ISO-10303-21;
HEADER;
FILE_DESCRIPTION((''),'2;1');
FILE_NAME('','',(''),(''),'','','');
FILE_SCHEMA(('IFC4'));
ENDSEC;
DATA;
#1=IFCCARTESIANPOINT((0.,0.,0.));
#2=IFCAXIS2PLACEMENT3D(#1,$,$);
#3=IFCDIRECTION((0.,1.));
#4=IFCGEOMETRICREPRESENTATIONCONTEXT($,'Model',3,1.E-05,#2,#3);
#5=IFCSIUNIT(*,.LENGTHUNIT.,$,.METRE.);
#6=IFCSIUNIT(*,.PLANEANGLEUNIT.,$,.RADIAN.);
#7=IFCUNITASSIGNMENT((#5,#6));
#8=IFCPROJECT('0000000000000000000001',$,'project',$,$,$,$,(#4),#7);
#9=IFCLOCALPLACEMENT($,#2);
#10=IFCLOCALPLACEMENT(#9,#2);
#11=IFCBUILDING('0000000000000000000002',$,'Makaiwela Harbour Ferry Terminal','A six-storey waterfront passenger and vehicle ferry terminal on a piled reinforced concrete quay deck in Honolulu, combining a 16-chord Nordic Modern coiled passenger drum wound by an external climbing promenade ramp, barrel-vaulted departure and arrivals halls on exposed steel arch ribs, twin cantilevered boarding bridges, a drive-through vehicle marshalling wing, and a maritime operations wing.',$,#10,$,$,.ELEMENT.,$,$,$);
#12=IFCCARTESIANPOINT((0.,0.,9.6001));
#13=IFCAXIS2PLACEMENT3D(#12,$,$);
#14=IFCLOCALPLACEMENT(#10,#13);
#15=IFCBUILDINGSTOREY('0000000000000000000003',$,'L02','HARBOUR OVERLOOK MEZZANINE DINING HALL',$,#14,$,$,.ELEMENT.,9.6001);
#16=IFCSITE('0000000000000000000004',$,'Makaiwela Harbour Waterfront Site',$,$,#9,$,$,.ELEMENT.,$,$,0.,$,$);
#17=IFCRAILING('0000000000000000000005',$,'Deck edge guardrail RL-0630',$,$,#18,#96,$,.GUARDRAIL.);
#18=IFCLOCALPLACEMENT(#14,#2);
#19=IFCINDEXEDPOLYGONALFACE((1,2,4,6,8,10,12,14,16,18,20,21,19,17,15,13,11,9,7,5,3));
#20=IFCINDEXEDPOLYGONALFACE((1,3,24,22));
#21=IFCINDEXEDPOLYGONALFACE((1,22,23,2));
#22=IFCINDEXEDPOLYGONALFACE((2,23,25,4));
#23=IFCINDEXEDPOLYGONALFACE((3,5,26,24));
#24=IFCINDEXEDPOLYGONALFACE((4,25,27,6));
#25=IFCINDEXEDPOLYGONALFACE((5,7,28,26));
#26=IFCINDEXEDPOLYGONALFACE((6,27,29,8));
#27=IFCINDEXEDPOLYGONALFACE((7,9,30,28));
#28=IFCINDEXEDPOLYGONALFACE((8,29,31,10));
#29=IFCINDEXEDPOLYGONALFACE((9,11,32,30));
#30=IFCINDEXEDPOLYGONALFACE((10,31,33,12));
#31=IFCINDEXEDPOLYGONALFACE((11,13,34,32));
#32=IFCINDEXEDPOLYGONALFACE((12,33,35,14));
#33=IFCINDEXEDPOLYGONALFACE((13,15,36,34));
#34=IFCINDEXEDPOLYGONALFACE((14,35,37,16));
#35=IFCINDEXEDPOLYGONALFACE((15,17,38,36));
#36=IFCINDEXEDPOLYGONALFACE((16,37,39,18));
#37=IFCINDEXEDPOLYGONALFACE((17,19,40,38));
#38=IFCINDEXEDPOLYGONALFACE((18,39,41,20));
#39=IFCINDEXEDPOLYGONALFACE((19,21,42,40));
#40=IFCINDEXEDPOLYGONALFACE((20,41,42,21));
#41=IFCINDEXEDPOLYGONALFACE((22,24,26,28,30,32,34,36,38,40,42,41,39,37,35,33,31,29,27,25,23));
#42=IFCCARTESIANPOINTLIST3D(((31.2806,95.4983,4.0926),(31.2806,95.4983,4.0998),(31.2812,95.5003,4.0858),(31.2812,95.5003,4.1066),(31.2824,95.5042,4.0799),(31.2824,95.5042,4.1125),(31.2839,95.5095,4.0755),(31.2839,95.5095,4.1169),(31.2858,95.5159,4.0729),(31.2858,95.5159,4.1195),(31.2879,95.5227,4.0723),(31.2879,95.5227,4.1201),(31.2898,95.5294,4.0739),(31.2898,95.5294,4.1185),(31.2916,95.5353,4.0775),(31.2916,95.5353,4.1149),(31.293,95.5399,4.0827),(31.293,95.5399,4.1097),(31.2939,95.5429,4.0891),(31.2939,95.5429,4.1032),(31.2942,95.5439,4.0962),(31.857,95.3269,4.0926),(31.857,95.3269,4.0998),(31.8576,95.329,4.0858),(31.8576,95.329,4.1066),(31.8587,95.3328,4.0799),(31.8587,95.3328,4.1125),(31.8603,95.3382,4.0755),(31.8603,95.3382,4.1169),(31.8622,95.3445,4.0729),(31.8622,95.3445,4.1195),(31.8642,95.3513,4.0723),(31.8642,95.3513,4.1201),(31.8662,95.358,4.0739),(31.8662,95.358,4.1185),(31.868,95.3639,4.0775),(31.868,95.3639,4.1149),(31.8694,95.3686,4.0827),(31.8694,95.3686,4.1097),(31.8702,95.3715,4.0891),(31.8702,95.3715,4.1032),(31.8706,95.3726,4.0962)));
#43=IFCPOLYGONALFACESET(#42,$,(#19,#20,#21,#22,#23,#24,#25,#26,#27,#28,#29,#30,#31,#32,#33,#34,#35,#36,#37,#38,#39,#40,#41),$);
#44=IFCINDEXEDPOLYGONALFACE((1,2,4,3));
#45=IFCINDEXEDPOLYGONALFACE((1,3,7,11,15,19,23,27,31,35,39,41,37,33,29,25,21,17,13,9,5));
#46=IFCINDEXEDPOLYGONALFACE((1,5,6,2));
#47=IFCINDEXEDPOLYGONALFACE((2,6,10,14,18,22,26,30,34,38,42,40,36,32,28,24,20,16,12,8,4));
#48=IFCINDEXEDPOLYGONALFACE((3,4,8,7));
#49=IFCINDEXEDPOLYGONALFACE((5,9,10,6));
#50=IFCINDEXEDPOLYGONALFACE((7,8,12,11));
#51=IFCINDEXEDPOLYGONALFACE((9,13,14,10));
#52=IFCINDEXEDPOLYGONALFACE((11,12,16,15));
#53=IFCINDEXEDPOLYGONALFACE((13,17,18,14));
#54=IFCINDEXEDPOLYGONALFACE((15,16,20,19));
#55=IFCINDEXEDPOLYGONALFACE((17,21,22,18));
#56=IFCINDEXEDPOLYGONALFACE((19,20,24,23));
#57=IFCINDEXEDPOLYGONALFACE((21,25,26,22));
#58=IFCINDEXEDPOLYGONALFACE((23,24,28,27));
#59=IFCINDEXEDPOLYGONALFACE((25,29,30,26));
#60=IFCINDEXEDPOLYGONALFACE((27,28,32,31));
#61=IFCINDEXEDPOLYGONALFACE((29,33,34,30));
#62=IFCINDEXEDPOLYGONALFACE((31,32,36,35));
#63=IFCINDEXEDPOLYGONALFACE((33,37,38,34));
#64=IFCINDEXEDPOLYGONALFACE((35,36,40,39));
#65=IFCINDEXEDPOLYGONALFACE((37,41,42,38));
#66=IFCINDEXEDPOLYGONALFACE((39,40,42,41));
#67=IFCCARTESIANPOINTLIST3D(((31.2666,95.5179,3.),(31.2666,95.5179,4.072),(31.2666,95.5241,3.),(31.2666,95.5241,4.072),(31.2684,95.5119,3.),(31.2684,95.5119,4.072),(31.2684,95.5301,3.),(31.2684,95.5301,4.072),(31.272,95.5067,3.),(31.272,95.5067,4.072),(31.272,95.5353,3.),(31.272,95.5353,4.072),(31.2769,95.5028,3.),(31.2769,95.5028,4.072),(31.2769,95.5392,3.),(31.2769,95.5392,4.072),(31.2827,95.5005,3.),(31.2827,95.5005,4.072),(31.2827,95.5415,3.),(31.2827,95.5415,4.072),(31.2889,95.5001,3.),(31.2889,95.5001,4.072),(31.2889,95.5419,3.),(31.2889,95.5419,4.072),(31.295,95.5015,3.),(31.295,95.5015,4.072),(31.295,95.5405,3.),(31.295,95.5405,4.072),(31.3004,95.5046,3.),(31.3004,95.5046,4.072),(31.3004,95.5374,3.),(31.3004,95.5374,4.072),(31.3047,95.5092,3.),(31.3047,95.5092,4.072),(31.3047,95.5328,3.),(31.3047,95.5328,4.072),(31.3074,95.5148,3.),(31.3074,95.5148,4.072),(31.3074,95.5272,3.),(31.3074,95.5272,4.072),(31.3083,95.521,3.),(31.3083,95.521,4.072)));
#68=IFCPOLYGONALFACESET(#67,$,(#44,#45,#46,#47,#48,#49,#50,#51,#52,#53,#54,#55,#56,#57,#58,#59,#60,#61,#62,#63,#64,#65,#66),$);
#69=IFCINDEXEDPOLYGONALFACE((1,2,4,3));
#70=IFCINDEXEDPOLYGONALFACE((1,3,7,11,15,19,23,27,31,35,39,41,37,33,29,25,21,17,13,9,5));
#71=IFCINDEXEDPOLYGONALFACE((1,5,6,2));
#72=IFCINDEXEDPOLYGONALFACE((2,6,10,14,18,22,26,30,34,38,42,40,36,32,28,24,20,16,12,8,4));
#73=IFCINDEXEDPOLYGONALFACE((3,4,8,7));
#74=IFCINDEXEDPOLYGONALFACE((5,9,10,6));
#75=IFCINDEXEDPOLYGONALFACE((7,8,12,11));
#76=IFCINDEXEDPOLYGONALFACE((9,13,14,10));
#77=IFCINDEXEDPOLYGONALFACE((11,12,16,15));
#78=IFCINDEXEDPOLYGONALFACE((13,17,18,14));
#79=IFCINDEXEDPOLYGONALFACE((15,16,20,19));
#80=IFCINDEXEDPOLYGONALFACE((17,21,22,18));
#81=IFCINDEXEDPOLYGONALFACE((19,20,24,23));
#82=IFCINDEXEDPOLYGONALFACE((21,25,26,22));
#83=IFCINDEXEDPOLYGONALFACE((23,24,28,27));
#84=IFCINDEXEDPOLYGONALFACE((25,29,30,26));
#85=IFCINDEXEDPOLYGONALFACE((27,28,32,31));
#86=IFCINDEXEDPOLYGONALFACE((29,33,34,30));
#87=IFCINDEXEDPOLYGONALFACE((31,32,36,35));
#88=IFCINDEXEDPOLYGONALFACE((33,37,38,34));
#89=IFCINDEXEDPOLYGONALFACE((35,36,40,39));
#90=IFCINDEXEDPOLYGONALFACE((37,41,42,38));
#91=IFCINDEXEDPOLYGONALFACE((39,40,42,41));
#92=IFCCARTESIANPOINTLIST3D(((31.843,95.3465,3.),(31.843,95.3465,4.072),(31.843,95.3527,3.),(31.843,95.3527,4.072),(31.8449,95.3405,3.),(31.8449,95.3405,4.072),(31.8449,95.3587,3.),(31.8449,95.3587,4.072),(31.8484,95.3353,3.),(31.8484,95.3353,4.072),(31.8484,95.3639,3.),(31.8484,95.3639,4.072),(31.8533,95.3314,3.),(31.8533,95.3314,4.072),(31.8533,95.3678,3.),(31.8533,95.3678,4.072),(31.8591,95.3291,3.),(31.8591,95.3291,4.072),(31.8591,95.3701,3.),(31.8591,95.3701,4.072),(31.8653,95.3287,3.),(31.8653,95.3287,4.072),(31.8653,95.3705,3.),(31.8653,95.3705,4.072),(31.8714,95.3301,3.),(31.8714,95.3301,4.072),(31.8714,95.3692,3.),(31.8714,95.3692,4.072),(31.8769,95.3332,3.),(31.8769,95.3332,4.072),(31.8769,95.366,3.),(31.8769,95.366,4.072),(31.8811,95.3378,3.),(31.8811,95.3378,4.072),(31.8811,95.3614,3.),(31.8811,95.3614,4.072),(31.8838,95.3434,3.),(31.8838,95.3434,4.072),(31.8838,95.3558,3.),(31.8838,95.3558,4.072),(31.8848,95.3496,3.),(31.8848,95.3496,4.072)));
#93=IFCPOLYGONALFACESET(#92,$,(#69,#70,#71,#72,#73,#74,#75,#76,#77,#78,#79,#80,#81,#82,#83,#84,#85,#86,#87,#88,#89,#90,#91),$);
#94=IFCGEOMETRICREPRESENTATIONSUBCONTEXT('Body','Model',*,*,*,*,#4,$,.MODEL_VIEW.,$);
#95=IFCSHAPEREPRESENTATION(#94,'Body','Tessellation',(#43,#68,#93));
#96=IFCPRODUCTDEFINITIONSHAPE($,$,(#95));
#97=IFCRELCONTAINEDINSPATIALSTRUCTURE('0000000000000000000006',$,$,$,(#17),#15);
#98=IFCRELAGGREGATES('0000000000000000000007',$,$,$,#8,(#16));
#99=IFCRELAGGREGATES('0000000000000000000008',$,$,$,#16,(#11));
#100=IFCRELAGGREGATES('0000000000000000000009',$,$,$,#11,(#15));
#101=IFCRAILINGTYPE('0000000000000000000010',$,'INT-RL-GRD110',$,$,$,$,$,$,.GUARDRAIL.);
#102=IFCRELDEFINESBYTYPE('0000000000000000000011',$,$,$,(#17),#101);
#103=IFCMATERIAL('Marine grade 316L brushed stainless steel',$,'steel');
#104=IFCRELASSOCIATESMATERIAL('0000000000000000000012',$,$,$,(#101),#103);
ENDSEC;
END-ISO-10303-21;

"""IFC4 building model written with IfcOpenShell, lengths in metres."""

from ifc_helpers import new_model, si_unit, direction, frame, origin, origin_2d, place, context, subcontext, project, spatial, circle, extrude, material, type_object, element, save


model = new_model("IFC4")

# Units and contexts
model_context = context("Model", 3, precision=1e-05, world=origin(), true_north=direction((0.0, 1.0)))
body_context = subcontext(model_context, "Body", "Model", "MODEL_VIEW")
ifc_project = project(units=[si_unit("LENGTHUNIT", "METRE"), si_unit("PLANEANGLEUNIT", "RADIAN")], contexts=[model_context])

# Site, building, storey
site_placement = place(None, origin())
site = spatial("IfcSite", under=ifc_project, at=site_placement, Name="Makaiwela Harbour Waterfront Site", CompositionType="ELEMENT", RefElevation=0.0)
building_placement = place(site_placement, origin())
building = spatial("IfcBuilding", under=site, at=building_placement, Name="Makaiwela Harbour Ferry Terminal", Description="A six-storey waterfront passenger and vehicle ferry terminal on a piled reinforced concrete quay deck in Honolulu, combining a 16-chord Nordic Modern coiled passenger drum wound by an external climbing promenade ramp, barrel-vaulted departure and arrivals halls on exposed steel arch ribs, twin cantilevered boarding bridges, a drive-through vehicle marshalling wing, and a maritime operations wing.", CompositionType="ELEMENT")
storey_placement = place(building_placement, frame((0.0, 0.0, 9.6001)))
storey = spatial("IfcBuildingStorey", under=building, at=storey_placement, Name="L02", Description="HARBOUR OVERLOOK MEZZANINE DINING HALL", CompositionType="ELEMENT", Elevation=9.6001)

# Railing
ifc_material_1 = material(Name="Marine grade 316L brushed stainless steel", Category="steel")
railing_type_1 = type_object("IfcRailingType", Name="INT-RL-GRD110", PredefinedType="GUARDRAIL", material=ifc_material_1)
railing_1_placement = place(storey_placement, frame((31.2874, 95.521, 3.0)))
element("IfcRailing", 1, at=railing_1_placement, inside=storey, type_object=railing_type_1, Name="Deck edge guardrail RL-0630", PredefinedType="GUARDRAIL", context=body_context, shape_type="SweptSolid", body=[
    extrude(circle(Radius=0.0239, at=origin_2d()), frame((0.0, 0.0, 1.0962), z_axis=(0.958527, -0.285001, 0.0), x_axis=(0.285001, 0.958527, 0.0)), (0.0, 0.0, 1.0), 0.6013),
    extrude(circle(Radius=0.021, at=origin_2d()), origin(), (0.0, 0.0, 1.0), 1.072),
    extrude(circle(Radius=0.021, at=origin_2d()), frame((0.5764, -0.1714, 0.0)), (0.0, 0.0, 1.0), 1.072),
])

save(model, "model.ifc")
